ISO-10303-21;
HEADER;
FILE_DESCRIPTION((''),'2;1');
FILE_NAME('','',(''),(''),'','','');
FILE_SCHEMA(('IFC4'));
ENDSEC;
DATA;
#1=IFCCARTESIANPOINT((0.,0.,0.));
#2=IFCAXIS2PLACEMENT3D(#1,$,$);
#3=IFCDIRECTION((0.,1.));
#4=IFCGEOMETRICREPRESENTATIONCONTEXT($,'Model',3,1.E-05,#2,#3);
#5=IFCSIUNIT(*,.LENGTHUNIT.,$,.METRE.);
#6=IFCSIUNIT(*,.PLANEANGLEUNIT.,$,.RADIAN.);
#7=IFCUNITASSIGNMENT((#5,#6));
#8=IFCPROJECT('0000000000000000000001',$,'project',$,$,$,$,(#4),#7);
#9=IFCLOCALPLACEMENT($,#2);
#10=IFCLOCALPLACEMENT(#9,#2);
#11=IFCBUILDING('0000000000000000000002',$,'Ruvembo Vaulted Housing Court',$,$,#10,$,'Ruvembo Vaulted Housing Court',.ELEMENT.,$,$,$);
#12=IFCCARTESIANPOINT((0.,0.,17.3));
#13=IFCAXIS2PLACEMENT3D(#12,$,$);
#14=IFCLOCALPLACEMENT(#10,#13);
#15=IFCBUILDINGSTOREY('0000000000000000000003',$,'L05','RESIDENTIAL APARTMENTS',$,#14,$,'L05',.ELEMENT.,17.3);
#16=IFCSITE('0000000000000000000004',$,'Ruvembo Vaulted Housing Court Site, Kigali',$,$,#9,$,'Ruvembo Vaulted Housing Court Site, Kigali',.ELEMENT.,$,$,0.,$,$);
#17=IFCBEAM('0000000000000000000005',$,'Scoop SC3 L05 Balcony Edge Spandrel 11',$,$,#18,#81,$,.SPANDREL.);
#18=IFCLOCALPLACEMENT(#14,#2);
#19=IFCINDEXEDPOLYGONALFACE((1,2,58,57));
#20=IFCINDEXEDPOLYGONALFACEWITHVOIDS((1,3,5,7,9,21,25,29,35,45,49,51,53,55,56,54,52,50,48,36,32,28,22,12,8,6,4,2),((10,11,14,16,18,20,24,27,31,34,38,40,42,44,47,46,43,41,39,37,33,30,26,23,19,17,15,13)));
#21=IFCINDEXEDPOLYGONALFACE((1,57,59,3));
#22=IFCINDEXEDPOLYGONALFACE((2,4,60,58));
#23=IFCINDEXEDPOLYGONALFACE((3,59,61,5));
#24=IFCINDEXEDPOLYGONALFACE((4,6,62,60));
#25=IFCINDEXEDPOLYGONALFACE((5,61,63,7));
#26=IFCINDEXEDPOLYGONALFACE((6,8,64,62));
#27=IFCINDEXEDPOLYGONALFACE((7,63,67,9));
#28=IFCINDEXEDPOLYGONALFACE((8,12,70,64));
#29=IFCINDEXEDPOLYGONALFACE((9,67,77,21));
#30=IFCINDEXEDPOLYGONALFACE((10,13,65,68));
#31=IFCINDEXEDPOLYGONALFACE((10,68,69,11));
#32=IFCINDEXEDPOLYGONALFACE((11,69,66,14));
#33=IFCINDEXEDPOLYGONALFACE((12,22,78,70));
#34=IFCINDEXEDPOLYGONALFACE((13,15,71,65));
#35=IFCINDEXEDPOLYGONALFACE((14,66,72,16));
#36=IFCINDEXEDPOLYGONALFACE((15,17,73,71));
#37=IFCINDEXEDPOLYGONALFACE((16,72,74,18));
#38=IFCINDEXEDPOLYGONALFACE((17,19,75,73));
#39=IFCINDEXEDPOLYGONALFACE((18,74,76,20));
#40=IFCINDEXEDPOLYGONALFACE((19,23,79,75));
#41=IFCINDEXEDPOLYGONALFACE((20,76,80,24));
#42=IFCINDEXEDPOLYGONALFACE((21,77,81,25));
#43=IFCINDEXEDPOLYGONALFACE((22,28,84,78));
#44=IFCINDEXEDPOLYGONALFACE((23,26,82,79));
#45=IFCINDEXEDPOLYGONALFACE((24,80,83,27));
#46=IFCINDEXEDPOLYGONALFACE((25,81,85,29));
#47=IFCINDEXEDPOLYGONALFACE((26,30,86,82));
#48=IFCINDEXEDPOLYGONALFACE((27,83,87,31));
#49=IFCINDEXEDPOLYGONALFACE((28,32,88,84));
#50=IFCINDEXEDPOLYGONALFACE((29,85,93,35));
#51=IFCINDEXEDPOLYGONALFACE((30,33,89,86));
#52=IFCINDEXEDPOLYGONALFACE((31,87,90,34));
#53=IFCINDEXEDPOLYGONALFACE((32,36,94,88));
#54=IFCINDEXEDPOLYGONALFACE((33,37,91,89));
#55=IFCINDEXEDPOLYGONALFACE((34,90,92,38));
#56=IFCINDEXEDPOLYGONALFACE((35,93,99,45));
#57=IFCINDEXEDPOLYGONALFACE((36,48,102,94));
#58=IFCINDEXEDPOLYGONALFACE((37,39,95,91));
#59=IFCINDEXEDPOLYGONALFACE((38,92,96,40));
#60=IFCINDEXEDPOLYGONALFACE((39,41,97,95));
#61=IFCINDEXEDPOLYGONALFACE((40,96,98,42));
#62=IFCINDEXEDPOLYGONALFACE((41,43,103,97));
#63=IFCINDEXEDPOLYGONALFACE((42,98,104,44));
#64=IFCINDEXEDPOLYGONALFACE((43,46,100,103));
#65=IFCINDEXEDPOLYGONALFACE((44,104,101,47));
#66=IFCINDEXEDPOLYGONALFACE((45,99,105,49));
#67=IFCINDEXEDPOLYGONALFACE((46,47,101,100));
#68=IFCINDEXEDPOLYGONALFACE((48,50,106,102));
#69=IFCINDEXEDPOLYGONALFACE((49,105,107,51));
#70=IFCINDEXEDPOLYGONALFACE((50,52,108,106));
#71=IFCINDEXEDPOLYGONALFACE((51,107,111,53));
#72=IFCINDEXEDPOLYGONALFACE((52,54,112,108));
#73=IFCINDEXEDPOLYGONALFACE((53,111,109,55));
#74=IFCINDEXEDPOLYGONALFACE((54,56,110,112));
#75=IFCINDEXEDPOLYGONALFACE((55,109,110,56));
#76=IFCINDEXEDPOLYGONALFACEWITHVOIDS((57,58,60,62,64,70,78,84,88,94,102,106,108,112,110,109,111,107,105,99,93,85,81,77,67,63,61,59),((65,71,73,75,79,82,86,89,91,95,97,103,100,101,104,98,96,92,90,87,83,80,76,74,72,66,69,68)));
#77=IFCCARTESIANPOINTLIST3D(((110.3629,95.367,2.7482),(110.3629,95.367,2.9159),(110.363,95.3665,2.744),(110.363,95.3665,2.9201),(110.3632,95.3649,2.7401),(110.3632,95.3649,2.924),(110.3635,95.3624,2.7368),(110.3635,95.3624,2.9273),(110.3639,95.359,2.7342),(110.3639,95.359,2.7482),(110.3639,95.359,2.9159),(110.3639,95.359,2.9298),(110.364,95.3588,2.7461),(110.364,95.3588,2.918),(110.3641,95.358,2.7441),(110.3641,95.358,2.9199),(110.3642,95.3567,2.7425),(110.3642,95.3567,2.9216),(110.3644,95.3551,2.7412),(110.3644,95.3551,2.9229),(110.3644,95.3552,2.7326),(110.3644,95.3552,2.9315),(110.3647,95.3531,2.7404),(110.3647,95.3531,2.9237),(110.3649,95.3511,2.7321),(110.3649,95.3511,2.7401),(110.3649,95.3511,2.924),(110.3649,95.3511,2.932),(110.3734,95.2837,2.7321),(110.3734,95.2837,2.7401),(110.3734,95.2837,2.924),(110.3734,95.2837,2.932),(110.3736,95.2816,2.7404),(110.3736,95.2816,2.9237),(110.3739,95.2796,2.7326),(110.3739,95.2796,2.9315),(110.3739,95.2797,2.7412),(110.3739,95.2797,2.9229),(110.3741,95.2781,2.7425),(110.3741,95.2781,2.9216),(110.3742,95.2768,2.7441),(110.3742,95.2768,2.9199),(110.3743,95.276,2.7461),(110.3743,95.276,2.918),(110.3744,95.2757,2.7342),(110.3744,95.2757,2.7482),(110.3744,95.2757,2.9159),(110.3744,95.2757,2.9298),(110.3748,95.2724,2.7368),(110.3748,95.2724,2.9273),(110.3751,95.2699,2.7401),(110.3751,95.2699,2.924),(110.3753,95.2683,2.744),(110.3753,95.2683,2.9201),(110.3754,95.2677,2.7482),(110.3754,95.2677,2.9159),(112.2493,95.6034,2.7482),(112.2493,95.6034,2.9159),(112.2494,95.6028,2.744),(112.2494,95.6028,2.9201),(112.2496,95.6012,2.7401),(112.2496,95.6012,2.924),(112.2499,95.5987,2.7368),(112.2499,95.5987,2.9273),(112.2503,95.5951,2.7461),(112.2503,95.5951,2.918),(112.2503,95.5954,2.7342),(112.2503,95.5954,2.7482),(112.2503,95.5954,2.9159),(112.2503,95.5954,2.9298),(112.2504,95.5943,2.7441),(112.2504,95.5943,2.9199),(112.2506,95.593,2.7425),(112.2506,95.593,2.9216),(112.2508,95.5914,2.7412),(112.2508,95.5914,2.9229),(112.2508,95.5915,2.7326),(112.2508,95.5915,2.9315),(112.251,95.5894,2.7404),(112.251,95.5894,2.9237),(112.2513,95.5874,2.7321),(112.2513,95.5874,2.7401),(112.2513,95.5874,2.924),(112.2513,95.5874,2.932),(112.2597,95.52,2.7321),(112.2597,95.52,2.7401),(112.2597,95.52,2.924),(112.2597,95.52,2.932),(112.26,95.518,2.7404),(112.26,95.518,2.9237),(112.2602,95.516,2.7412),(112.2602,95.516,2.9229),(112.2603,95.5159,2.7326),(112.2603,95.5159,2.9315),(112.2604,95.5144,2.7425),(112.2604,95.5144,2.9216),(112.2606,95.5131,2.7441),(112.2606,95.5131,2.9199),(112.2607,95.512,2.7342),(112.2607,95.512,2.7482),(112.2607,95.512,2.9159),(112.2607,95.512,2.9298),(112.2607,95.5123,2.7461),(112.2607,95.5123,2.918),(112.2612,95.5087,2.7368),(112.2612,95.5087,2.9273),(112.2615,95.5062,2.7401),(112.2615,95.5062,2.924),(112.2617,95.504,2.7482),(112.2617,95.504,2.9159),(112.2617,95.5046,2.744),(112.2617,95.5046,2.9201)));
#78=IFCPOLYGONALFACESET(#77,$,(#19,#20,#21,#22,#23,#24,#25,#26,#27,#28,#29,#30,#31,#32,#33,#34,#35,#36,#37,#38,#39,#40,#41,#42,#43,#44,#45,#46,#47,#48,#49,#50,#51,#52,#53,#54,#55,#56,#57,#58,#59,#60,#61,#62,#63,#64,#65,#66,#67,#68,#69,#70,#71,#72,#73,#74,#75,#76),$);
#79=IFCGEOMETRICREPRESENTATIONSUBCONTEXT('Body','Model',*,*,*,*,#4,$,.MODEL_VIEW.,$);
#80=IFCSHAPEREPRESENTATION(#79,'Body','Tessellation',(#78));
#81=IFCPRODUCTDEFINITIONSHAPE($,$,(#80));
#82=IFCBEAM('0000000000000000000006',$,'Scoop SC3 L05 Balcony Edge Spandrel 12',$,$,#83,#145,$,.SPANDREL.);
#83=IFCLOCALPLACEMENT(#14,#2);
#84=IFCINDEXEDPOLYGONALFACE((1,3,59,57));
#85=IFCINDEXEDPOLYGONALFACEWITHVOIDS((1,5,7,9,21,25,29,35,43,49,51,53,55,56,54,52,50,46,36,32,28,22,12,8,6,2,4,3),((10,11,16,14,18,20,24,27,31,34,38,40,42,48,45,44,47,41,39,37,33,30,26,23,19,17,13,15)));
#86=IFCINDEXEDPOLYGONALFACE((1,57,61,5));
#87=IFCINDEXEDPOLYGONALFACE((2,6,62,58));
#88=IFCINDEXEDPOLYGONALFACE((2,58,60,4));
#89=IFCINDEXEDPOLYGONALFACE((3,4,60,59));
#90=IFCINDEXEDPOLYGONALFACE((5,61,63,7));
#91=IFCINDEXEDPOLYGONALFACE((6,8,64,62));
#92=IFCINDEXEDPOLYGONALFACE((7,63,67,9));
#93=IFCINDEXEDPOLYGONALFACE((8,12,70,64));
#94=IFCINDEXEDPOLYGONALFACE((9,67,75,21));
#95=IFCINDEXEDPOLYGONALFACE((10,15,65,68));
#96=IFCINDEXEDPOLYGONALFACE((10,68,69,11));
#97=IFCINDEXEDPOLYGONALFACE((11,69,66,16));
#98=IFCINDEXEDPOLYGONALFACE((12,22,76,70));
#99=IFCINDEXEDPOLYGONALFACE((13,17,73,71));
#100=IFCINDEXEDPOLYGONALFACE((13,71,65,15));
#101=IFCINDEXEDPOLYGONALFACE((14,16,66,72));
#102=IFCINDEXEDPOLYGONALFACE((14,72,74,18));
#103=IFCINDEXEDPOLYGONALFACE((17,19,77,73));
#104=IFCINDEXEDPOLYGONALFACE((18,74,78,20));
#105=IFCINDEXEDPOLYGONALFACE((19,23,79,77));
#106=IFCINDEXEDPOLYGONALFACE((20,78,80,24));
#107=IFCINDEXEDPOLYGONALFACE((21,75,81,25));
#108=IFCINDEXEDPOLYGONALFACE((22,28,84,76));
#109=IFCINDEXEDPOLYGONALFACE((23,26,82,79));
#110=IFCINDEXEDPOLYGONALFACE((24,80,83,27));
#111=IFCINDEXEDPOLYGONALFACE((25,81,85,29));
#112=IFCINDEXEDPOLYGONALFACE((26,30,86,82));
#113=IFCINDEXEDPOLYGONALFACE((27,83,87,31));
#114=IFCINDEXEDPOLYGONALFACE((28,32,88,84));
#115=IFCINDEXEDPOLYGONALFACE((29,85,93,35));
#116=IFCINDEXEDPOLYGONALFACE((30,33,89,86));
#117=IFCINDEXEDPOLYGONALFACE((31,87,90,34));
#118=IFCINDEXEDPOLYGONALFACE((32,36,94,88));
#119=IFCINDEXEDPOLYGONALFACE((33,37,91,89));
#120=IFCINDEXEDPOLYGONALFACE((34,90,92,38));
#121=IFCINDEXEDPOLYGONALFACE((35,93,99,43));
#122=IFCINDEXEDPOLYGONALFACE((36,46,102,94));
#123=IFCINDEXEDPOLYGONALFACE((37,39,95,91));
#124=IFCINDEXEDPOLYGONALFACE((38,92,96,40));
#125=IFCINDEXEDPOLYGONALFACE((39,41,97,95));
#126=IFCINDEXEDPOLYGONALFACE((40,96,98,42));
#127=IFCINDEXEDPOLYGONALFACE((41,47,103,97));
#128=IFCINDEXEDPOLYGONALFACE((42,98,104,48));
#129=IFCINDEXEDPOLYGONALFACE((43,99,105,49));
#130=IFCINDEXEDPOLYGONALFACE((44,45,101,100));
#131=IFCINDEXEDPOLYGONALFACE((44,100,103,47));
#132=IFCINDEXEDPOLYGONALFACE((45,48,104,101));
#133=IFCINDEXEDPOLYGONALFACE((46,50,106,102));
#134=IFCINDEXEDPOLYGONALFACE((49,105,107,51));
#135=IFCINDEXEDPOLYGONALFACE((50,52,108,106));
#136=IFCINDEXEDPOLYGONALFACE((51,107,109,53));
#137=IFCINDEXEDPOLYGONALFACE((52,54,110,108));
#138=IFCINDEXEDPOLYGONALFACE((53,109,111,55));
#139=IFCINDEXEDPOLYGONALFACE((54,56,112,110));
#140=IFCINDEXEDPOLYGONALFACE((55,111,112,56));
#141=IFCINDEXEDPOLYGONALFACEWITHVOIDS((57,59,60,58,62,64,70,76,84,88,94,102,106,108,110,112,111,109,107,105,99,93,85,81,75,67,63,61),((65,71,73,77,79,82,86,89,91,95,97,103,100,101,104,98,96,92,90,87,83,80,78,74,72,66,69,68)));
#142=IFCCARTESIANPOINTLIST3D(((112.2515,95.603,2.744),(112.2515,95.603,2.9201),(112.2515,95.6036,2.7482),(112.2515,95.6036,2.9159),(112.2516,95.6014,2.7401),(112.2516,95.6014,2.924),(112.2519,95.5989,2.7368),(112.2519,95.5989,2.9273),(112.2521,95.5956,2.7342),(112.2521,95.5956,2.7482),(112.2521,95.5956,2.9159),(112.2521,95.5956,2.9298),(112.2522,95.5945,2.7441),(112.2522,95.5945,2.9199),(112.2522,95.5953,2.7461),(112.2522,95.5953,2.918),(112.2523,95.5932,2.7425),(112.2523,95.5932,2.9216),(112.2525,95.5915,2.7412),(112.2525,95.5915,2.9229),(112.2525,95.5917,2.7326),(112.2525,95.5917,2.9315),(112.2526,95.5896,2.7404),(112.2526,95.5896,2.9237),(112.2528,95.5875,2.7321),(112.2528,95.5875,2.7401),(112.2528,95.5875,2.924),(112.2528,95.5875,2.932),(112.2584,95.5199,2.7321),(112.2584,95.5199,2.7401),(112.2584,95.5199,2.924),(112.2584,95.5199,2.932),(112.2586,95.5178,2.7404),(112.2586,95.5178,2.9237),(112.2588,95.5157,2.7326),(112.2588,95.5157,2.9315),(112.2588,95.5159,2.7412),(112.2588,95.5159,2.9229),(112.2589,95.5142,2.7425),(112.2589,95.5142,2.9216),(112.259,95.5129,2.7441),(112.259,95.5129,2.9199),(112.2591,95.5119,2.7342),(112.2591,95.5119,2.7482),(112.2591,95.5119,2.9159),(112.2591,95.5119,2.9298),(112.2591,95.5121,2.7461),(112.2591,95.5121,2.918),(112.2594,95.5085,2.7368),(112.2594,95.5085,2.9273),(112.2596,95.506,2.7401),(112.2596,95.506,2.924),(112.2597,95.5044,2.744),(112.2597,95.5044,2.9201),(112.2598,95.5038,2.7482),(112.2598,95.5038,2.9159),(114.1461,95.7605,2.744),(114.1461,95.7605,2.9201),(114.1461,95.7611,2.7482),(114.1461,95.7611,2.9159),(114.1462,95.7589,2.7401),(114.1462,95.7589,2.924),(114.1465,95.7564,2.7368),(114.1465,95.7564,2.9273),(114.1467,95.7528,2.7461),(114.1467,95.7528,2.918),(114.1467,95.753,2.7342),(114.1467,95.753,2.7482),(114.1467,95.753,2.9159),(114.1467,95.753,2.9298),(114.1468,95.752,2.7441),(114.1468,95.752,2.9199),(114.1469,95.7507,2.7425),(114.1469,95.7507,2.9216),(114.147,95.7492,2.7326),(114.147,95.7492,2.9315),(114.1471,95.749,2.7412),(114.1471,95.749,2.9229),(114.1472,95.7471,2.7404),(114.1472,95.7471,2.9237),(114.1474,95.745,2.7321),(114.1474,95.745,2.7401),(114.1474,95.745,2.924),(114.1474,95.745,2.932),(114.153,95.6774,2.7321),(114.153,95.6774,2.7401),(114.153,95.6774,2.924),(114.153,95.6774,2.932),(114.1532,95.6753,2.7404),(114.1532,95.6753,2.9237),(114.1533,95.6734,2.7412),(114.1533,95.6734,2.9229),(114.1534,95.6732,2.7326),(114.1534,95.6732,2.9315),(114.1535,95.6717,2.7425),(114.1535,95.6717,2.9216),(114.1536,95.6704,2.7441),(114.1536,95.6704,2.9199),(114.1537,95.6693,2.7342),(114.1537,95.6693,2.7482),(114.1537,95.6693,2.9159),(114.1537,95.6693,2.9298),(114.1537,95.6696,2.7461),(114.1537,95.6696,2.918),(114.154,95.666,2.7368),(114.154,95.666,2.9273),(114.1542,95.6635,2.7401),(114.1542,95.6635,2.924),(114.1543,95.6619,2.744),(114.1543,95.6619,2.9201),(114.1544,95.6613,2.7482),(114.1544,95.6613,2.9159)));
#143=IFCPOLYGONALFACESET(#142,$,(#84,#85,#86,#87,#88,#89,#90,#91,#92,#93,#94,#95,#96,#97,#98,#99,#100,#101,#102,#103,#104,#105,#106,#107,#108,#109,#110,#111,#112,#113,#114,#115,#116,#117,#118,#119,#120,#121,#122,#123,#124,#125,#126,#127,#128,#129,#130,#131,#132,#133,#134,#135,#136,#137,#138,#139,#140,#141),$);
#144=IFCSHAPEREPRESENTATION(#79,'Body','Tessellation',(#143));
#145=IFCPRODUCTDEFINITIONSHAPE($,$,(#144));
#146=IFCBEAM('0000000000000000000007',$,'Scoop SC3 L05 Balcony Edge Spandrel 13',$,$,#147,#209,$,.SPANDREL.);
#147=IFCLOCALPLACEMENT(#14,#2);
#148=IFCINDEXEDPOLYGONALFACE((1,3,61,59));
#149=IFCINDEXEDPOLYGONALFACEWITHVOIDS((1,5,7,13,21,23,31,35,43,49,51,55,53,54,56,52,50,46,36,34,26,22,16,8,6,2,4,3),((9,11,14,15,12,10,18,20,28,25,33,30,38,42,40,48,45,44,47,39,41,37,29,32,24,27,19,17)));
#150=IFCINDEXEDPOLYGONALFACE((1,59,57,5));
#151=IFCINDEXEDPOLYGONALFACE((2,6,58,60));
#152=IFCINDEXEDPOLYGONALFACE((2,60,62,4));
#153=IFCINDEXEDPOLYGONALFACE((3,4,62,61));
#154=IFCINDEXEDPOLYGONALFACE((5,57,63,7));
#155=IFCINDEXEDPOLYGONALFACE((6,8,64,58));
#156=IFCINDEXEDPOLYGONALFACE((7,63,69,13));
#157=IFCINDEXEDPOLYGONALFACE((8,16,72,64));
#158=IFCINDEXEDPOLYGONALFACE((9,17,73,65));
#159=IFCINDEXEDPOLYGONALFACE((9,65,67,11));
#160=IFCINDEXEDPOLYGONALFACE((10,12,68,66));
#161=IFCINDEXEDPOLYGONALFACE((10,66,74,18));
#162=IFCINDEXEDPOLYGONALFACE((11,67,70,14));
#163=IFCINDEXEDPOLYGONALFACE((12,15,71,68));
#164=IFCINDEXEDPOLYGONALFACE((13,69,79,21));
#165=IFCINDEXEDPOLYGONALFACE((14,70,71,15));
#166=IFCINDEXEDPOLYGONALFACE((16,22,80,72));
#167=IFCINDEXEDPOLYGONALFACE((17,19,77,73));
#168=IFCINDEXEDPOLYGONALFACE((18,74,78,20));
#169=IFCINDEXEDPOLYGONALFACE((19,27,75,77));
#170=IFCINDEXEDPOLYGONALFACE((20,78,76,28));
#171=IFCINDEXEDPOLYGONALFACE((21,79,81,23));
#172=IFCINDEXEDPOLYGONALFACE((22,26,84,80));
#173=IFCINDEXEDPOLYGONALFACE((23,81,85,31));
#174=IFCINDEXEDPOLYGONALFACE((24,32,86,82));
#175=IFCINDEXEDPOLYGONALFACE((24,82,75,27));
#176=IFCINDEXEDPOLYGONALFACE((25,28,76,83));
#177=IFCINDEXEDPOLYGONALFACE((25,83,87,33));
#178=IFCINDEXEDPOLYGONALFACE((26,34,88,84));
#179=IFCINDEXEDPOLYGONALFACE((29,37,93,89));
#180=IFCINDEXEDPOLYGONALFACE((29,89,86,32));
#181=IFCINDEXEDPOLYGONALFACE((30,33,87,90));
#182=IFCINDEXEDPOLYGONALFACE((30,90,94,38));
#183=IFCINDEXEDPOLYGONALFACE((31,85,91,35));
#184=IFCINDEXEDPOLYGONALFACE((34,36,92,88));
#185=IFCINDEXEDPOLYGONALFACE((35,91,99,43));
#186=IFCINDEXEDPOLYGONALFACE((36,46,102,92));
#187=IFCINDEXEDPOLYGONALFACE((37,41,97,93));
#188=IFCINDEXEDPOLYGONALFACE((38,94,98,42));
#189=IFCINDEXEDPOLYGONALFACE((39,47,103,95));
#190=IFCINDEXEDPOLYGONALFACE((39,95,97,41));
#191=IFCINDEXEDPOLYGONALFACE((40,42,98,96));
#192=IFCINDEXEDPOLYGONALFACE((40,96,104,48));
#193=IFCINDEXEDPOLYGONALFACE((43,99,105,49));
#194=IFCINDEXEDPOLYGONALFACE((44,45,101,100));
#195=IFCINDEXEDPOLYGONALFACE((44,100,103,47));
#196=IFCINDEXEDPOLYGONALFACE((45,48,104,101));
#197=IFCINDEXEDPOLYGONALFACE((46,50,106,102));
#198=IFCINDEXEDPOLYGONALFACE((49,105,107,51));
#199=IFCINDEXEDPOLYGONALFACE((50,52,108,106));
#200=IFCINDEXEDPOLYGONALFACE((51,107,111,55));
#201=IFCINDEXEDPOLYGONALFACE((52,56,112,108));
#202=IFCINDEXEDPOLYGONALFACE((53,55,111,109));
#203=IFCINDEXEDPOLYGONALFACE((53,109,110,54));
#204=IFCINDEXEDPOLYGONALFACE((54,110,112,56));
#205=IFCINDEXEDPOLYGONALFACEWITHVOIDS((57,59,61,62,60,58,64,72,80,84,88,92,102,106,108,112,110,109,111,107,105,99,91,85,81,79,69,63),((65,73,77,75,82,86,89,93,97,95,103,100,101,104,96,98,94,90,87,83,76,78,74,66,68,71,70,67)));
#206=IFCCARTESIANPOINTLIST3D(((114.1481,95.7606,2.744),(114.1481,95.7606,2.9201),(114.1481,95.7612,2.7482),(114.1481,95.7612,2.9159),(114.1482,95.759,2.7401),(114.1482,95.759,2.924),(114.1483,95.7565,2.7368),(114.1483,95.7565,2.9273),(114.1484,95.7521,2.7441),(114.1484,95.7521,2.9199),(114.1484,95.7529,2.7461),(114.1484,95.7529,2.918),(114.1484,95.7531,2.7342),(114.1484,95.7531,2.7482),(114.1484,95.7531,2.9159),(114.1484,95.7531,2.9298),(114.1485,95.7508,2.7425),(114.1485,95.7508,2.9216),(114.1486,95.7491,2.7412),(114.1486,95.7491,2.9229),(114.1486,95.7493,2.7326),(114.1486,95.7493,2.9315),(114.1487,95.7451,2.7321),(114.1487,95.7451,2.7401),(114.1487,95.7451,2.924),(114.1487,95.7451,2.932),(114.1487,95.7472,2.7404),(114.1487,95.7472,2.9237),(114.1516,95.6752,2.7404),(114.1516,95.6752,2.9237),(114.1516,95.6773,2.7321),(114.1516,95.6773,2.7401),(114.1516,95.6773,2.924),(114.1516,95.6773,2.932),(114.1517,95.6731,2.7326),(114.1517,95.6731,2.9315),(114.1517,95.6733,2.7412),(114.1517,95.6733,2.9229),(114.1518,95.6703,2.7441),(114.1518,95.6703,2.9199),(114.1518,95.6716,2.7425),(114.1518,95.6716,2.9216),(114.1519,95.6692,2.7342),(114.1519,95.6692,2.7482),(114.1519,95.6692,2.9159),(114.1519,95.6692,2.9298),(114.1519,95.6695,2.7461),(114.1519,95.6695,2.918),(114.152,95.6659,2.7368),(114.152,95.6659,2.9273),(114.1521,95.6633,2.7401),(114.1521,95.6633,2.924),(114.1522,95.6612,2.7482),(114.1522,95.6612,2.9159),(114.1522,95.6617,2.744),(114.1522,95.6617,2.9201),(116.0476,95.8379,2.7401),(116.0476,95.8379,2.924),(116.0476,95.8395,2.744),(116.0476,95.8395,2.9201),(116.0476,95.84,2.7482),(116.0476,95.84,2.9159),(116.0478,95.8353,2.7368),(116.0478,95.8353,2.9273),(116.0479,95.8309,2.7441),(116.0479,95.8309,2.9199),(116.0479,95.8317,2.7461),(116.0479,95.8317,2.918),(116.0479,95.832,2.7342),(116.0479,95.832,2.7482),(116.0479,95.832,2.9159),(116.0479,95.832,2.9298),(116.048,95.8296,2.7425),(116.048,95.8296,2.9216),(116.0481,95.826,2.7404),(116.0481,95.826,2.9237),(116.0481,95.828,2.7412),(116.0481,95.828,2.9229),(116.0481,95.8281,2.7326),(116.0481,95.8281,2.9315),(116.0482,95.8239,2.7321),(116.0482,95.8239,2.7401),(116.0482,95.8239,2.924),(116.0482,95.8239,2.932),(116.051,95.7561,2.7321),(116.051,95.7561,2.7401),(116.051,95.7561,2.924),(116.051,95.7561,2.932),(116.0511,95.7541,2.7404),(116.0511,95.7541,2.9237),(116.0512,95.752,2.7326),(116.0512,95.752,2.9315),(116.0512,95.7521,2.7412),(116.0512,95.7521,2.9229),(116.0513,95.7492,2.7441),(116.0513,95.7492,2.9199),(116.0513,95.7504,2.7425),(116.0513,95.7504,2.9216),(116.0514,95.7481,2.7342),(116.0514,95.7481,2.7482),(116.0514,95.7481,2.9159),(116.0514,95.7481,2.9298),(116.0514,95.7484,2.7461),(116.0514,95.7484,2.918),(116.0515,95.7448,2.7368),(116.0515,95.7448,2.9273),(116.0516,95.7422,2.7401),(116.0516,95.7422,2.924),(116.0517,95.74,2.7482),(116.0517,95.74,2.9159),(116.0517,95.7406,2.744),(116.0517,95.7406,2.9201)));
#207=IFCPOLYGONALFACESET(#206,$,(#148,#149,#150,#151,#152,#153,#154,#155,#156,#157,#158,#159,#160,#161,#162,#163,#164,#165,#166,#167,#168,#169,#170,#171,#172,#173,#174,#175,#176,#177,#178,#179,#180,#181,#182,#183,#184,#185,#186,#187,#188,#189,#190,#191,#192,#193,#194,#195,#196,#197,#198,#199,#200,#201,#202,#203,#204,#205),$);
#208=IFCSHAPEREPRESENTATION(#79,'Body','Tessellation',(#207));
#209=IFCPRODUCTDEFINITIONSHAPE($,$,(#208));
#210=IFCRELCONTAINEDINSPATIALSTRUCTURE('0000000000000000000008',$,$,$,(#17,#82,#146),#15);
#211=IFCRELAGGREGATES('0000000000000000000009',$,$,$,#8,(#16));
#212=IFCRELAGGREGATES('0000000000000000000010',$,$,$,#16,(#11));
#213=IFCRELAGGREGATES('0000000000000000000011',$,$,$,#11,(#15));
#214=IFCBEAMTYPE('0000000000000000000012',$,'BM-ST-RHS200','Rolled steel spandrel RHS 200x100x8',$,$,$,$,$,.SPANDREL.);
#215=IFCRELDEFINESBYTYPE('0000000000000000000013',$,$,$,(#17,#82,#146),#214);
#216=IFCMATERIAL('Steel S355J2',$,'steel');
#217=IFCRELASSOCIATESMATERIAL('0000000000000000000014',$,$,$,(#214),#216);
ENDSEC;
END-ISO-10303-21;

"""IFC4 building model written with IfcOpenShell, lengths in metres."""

from ifc_helpers import new_model, si_unit, direction, frame, origin, origin_2d, place, context, subcontext, project, spatial, hollow_rectangle, extrude, material, material_profile, profile_set, type_object, element, save


model = new_model("IFC4")

# Units and contexts
model_context = context("Model", 3, precision=1e-05, world=origin(), true_north=direction((0.0, 1.0)))
body_context = subcontext(model_context, "Body", "Model", "MODEL_VIEW")
ifc_project = project(units=[si_unit("LENGTHUNIT", "METRE"), si_unit("PLANEANGLEUNIT", "RADIAN")], contexts=[model_context])

# Site, building, storey
site_placement = place(None, origin())
site = spatial("IfcSite", under=ifc_project, at=site_placement, Name="Ruvembo Vaulted Housing Court Site, Kigali", LongName="Ruvembo Vaulted Housing Court Site, Kigali", CompositionType="ELEMENT", RefElevation=0.0)
building_placement = place(site_placement, origin())
building = spatial("IfcBuilding", under=site, at=building_placement, Name="Ruvembo Vaulted Housing Court", LongName="Ruvembo Vaulted Housing Court", CompositionType="ELEMENT")
storey_placement = place(building_placement, frame((0.0, 0.0, 17.3)))
storey = spatial("IfcBuildingStorey", under=building, at=storey_placement, Name="L05", Description="RESIDENTIAL APARTMENTS", LongName="L05", CompositionType="ELEMENT", Elevation=17.3)

# Beams
ifc_material_1 = material(Name="Steel S355J2", Category="steel")
ifc_material_profile_1 = material_profile(ifc_material_1, hollow_rectangle(XDim=0.1001, YDim=0.2, WallThickness=0.0081, InnerFilletRadius=0.0081, OuterFilletRadius=0.0161, at=origin_2d()), Name="RHS 200x100x8")
ifc_profile_set_1 = profile_set([ifc_material_profile_1], Name="Steel S355J2")
beam_type = type_object("IfcBeamType", Name="BM-ST-RHS200", Description="Rolled steel spandrel RHS 200x100x8", PredefinedType="SPANDREL", material=ifc_profile_set_1)
for number, where, z_axis, x_axis, name in (
    (1, (110.3691, 95.3174, 2.832), (0.992244, 0.124303, 0.0), (-0.124303, 0.992244, 0.0), "Scoop SC3 L05 Balcony Edge Spandrel 11"),
    (2, (112.2556, 95.5537, 2.832), (0.996563, 0.082833, 0.0), (-0.082833, 0.996563, 0.0), "Scoop SC3 L05 Balcony Edge Spandrel 12"),
    (3, (114.1501, 95.7112, 2.832), (0.999139, 0.041481, 0.0), (-0.041481, 0.999139, 0.0), "Scoop SC3 L05 Balcony Edge Spandrel 13"),
):
    element("IfcBeam", number, at=place(storey_placement, frame(where, z_axis=z_axis, x_axis=x_axis)), inside=storey, type_object=beam_type, Name=name, PredefinedType="SPANDREL", context=body_context, shape_type="SweptSolid", body=[
        extrude(hollow_rectangle(XDim=0.1001, YDim=0.2, WallThickness=0.0081, InnerFilletRadius=0.0081, OuterFilletRadius=0.0161, at=origin_2d()), origin(), (0.0, 0.0, 1.0), 1.9011),
    ])

save(model, "model.ifc")
